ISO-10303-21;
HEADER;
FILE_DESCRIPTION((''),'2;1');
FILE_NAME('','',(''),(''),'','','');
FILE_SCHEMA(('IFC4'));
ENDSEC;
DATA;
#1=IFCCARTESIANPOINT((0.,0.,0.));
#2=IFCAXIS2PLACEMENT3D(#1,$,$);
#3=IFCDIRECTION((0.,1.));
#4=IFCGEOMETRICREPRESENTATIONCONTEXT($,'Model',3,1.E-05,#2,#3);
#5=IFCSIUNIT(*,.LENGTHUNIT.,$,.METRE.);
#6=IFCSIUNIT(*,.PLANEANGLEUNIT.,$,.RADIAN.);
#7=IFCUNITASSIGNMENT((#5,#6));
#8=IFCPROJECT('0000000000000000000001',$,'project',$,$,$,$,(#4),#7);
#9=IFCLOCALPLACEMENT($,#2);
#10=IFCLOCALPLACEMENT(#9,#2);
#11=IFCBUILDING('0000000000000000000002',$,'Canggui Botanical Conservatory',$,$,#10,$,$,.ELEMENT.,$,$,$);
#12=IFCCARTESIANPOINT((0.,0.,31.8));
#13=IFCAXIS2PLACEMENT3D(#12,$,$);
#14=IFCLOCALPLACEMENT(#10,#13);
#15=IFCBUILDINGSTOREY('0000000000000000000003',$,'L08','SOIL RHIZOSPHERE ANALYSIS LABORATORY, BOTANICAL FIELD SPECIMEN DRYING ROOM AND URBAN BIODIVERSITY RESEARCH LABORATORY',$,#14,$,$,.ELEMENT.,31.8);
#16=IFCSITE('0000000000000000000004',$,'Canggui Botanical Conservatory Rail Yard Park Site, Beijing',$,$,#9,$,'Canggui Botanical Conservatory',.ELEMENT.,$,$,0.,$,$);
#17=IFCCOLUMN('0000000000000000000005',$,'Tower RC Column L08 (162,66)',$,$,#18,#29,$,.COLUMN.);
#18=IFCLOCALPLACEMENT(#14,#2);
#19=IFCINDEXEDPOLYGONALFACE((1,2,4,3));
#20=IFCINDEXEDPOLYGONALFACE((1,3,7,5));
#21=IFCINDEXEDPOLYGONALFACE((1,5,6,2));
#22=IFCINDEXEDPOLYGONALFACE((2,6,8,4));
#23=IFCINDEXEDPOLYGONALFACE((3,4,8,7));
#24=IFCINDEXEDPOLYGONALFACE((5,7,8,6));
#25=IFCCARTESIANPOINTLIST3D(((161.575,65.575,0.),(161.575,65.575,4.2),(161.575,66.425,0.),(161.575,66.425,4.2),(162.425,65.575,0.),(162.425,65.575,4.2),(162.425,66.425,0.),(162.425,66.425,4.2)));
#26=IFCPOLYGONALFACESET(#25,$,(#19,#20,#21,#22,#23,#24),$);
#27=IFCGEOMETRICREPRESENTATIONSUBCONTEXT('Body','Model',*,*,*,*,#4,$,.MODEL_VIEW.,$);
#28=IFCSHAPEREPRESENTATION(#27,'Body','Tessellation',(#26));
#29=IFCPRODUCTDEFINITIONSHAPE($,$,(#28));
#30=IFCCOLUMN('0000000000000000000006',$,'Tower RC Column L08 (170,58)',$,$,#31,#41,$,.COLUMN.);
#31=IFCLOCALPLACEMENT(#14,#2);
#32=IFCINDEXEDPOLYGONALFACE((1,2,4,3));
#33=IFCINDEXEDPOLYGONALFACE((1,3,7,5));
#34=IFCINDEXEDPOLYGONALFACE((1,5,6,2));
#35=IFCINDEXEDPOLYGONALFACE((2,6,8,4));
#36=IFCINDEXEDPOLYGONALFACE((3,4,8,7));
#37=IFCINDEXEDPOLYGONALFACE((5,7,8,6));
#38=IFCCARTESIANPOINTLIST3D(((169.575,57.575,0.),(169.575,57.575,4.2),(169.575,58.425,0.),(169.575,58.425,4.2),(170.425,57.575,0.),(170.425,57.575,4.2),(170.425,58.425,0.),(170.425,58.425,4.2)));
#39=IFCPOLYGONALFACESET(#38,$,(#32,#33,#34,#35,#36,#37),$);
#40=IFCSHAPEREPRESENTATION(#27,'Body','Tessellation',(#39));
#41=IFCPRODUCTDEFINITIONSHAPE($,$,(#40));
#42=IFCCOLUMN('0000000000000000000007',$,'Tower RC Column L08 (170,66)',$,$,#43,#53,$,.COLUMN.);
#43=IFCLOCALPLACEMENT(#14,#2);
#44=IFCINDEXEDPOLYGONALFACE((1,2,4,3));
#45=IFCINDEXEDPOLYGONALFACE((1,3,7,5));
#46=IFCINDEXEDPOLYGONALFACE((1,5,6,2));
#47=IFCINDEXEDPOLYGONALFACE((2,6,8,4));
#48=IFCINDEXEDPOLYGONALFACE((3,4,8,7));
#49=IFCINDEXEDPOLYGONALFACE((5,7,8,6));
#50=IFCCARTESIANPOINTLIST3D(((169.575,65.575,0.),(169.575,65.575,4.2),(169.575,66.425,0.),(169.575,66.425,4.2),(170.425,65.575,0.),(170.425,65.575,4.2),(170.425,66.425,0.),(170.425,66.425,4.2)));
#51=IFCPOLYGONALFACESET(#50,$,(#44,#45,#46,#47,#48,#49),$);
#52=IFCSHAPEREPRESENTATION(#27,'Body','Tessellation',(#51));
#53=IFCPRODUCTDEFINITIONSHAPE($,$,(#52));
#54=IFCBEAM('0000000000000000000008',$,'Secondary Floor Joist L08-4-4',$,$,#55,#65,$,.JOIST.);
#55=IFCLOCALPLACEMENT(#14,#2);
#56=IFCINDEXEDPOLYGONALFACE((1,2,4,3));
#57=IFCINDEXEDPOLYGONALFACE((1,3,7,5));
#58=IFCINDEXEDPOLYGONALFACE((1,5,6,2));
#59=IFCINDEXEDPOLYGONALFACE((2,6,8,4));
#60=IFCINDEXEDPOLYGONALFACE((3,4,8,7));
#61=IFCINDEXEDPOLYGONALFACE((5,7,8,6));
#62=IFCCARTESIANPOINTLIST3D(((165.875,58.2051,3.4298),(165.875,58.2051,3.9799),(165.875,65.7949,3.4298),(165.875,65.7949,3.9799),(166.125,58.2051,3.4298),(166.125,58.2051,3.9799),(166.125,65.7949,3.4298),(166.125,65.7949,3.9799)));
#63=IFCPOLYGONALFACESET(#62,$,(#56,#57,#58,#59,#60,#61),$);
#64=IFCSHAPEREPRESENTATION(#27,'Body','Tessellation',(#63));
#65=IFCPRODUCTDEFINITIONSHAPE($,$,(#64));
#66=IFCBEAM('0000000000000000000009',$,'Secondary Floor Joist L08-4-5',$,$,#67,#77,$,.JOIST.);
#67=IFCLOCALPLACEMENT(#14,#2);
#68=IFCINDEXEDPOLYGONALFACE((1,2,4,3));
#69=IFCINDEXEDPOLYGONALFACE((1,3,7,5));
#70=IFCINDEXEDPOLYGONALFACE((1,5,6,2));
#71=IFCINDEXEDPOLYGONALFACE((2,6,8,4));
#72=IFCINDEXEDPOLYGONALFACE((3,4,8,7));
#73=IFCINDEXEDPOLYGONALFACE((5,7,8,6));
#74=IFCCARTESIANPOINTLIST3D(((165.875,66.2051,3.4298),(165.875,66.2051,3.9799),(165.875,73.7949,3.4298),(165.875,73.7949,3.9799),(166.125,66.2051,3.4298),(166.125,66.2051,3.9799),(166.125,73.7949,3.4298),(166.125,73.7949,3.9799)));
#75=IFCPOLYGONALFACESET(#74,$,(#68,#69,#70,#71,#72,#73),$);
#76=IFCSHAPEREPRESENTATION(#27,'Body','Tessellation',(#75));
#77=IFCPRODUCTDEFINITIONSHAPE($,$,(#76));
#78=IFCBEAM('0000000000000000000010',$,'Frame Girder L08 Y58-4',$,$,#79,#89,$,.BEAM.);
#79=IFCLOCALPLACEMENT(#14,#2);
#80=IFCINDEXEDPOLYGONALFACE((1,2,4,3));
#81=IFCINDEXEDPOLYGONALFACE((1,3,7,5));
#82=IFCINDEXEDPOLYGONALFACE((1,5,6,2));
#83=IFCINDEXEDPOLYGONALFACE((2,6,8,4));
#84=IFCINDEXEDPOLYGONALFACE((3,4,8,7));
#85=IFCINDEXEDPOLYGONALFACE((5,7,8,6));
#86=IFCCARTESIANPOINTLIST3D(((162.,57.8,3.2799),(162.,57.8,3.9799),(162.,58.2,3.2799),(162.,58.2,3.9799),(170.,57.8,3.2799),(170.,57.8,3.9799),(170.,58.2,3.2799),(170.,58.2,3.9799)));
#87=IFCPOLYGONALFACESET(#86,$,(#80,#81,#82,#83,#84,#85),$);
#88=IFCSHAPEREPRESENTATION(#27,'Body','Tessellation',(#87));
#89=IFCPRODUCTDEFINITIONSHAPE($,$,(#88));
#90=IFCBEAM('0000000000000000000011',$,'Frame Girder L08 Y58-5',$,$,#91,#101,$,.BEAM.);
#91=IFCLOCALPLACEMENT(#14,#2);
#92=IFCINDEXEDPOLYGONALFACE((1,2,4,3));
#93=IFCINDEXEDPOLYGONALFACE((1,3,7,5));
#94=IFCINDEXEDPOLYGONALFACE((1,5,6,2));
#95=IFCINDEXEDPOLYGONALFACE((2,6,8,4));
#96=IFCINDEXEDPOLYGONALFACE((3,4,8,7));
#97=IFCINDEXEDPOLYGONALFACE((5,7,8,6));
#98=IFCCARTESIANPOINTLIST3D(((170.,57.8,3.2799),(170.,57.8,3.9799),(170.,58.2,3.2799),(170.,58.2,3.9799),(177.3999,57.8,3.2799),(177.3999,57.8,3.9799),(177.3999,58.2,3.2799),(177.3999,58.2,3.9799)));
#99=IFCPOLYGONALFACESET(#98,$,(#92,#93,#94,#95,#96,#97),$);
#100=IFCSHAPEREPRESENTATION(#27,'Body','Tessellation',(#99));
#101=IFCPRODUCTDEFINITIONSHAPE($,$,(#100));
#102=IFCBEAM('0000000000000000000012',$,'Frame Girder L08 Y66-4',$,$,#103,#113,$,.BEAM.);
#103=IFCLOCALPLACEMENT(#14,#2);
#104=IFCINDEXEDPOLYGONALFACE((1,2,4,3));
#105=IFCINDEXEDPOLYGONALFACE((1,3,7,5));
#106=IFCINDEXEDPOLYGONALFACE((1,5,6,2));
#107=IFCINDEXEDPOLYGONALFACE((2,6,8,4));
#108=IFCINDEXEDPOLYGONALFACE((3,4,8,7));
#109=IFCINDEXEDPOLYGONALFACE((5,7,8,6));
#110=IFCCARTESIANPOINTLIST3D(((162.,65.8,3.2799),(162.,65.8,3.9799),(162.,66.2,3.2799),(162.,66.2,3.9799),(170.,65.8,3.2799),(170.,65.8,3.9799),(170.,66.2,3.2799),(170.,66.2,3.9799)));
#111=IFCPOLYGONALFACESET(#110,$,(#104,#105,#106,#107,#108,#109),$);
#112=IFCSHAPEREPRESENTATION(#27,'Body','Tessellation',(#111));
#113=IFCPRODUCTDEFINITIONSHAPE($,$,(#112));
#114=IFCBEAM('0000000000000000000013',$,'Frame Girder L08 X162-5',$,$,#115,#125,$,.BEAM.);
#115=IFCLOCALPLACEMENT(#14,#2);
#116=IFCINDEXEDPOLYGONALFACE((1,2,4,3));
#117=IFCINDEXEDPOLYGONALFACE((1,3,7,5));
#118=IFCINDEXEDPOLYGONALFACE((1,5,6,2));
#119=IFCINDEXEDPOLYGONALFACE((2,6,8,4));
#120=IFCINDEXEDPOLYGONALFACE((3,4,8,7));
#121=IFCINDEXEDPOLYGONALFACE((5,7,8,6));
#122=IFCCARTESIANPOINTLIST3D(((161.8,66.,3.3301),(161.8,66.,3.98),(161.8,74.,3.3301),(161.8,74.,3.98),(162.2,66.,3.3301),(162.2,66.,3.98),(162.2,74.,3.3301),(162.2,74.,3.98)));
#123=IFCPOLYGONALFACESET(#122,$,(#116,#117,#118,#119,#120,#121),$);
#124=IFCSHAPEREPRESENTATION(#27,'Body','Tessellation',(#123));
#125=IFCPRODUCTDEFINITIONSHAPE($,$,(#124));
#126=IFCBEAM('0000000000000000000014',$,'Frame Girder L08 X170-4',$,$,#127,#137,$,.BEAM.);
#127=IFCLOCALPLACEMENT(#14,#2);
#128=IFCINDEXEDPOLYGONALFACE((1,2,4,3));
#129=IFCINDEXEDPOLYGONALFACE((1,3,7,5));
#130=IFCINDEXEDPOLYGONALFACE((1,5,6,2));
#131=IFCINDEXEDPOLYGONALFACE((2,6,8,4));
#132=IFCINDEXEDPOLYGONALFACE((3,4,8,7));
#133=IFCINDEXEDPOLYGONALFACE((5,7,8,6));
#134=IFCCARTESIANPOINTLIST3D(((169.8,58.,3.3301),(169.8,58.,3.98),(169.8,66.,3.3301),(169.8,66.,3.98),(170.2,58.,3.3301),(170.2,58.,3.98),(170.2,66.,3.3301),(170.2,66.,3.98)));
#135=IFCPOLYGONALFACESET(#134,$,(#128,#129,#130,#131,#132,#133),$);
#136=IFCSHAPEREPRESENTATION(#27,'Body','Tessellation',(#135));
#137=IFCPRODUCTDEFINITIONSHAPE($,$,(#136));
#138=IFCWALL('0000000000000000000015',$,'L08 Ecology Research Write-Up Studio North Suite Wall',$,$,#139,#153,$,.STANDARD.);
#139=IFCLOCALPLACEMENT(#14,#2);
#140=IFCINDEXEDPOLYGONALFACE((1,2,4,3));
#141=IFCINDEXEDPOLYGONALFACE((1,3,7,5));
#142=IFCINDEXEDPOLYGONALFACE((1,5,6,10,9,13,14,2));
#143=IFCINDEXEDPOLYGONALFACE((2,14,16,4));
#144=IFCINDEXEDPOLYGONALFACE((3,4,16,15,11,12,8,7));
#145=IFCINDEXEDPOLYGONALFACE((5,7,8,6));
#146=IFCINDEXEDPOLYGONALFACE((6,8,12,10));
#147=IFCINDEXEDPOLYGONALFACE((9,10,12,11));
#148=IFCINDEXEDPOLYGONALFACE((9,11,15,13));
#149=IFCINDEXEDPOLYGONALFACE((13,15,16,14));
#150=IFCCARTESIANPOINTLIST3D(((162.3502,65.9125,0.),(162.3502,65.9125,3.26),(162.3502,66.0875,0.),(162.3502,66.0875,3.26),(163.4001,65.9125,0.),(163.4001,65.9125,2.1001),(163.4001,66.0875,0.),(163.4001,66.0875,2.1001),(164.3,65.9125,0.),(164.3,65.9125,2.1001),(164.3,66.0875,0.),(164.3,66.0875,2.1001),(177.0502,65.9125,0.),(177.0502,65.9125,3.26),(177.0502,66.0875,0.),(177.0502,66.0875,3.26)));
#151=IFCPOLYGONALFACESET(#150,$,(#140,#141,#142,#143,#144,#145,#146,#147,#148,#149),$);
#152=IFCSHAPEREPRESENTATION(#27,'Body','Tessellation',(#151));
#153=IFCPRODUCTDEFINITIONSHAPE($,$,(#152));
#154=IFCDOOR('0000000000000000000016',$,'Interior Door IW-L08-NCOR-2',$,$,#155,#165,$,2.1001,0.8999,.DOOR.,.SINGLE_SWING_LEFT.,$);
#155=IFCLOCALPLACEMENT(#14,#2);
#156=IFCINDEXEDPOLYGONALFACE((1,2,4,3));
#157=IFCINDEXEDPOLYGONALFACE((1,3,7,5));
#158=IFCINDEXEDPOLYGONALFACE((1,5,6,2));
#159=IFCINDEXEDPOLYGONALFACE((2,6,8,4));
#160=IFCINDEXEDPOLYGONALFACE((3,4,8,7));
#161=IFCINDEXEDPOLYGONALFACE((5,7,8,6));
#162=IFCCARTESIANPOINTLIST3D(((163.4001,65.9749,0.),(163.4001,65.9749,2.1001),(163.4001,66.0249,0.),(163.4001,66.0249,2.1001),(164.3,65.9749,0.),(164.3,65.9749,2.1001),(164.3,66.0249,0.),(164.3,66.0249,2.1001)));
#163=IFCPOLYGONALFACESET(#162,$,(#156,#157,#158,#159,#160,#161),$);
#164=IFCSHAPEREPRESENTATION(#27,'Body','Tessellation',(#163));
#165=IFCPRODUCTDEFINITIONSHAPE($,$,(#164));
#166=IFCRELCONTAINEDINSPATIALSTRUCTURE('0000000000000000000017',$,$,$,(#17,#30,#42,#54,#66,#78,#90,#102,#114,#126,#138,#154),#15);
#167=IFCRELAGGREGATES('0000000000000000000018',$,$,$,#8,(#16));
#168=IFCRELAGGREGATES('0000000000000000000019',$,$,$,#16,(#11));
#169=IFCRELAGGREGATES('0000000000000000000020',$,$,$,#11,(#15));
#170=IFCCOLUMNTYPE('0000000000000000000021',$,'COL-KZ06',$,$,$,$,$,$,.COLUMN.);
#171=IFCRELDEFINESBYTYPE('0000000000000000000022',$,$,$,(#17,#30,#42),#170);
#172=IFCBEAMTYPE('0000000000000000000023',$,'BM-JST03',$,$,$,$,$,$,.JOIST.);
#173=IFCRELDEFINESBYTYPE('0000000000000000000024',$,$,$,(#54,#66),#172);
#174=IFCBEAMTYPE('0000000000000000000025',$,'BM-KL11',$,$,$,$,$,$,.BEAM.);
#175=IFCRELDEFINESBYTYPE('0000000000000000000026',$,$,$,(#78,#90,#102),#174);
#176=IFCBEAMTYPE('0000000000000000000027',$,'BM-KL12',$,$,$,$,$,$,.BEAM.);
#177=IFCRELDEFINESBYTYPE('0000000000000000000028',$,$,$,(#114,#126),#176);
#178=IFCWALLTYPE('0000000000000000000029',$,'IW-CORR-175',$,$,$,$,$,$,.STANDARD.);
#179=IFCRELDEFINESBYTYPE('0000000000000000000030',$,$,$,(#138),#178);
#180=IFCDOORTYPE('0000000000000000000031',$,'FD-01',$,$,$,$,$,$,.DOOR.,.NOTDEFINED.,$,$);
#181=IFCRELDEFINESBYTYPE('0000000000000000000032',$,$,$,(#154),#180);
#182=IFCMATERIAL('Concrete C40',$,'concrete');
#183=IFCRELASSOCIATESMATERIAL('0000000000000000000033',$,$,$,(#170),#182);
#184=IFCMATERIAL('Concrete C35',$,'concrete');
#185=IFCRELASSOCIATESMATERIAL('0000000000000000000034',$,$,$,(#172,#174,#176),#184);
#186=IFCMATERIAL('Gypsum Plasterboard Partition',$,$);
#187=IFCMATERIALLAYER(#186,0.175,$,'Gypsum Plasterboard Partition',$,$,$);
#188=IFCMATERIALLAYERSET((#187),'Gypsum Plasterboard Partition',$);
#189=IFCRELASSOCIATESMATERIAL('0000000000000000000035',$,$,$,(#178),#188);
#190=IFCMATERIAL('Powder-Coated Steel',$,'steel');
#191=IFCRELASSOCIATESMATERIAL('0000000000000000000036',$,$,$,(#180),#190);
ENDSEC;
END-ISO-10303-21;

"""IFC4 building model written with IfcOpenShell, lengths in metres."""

from ifc_helpers import new_model, si_unit, direction, frame, frame_2d, origin, origin_2d, place, context, subcontext, project, spatial, rectangle, extrude, material, layer, layer_set, material_profile, profile_set, type_object, element, fill, save


model = new_model("IFC4")

# Units and contexts
model_context = context("Model", 3, precision=1e-05, world=origin(), true_north=direction((0.0, 1.0)))
body_context = subcontext(model_context, "Body", "Model", "MODEL_VIEW")
ifc_project = project(units=[si_unit("LENGTHUNIT", "METRE"), si_unit("PLANEANGLEUNIT", "RADIAN")], contexts=[model_context])

# Site, building, storey
site_placement = place(None, origin())
site = spatial("IfcSite", under=ifc_project, at=site_placement, Name="Canggui Botanical Conservatory Rail Yard Park Site, Beijing", LongName="Canggui Botanical Conservatory", CompositionType="ELEMENT", RefElevation=0.0)
building_placement = place(site_placement, origin())
building = spatial("IfcBuilding", under=site, at=building_placement, Name="Canggui Botanical Conservatory", CompositionType="ELEMENT")
storey_placement = place(building_placement, frame((0.0, 0.0, 31.8)))
storey = spatial("IfcBuildingStorey", under=building, at=storey_placement, Name="L08", Description="SOIL RHIZOSPHERE ANALYSIS LABORATORY, BOTANICAL FIELD SPECIMEN DRYING ROOM AND URBAN BIODIVERSITY RESEARCH LABORATORY", CompositionType="ELEMENT", Elevation=31.8)

# Columns
ifc_material_1 = material(Name="Concrete C40", Category="concrete")
ifc_material_profile_1 = material_profile(ifc_material_1, rectangle(XDim=0.8501, YDim=0.8501, at=origin_2d()), Name="RC 850x850")
ifc_profile_set_1 = profile_set([ifc_material_profile_1], Name="Concrete C40")
column_type = type_object("IfcColumnType", Name="COL-KZ06", PredefinedType="COLUMN", material=ifc_profile_set_1)
for number, where, z_axis, x_axis, name in (
    (1, (162.0, 66.0, 0.0), (0.0, 0.0, 1.0), (1.0, 0.0, 0.0), "Tower RC Column L08 (162,66)"),
    (2, (170.0, 58.0, 0.0), (0.0, 0.0, 1.0), (1.0, 0.0, 0.0), "Tower RC Column L08 (170,58)"),
    (3, (170.0, 66.0, 0.0), (0.0, 0.0, 1.0), (1.0, 0.0, 0.0), "Tower RC Column L08 (170,66)"),
):
    element("IfcColumn", number, at=place(storey_placement, frame(where, z_axis=z_axis, x_axis=x_axis)), inside=storey, type_object=column_type, Name=name, PredefinedType="COLUMN", context=body_context, shape_type="SweptSolid", body=[
        extrude(rectangle(XDim=0.8501, YDim=0.8501, at=origin_2d()), origin(), (0.0, 0.0, 1.0), 4.2),
    ])

# Beams
ifc_material_2 = material(Name="Concrete C35", Category="concrete")
ifc_material_profile_2 = material_profile(ifc_material_2, rectangle(XDim=0.25, YDim=0.55, at=origin_2d()), Name="RB 250x550")
ifc_profile_set_2 = profile_set([ifc_material_profile_2], Name="Concrete C35")
beam_type_1 = type_object("IfcBeamType", Name="BM-JST03", PredefinedType="JOIST", material=ifc_profile_set_2)
for number, where, z_axis, x_axis, name in (
    (4, (166.0, 58.2051, 3.7048), (0.0, 1.0, 0.0), (-1.0, 0.0, 0.0), "Secondary Floor Joist L08-4-4"),
    (5, (166.0, 66.2051, 3.7048), (0.0, 1.0, 0.0), (-1.0, 0.0, 0.0), "Secondary Floor Joist L08-4-5"),
):
    element("IfcBeam", number, at=place(storey_placement, frame(where, z_axis=z_axis, x_axis=x_axis)), inside=storey, type_object=beam_type_1, Name=name, PredefinedType="JOIST", context=body_context, shape_type="SweptSolid", body=[
        extrude(rectangle(XDim=0.25, YDim=0.55, at=origin_2d()), origin(), (0.0, 0.0, 1.0), 7.5898),
    ])
ifc_material_profile_3 = material_profile(ifc_material_2, rectangle(XDim=0.3999, YDim=0.7, at=origin_2d()), Name="RB 400x700")
ifc_profile_set_3 = profile_set([ifc_material_profile_3], Name="Concrete C35")
beam_type_2 = type_object("IfcBeamType", Name="BM-KL11", PredefinedType="BEAM", material=ifc_profile_set_3)
beam_1_placement = place(storey_placement, frame((162.0, 58.0, 3.6299), z_axis=(1.0, 0.0, 0.0), x_axis=(0.0, 1.0, 0.0)))
element("IfcBeam", 6, at=beam_1_placement, inside=storey, type_object=beam_type_2, Name="Frame Girder L08 Y58-4", PredefinedType="BEAM", context=body_context, shape_type="SweptSolid", body=[
    extrude(rectangle(XDim=0.3999, YDim=0.7, at=origin_2d()), origin(), (0.0, 0.0, 1.0), 8.0),
])
beam_2_placement = place(storey_placement, frame((170.0, 58.0, 3.6299), z_axis=(1.0, 0.0, 0.0), x_axis=(0.0, 1.0, 0.0)))
element("IfcBeam", 7, at=beam_2_placement, inside=storey, type_object=beam_type_2, Name="Frame Girder L08 Y58-5", PredefinedType="BEAM", context=body_context, shape_type="SweptSolid", body=[
    extrude(rectangle(XDim=0.3999, YDim=0.7, at=origin_2d()), origin(), (0.0, 0.0, 1.0), 7.3999),
])
beam_3_placement = place(storey_placement, frame((162.0, 66.0, 3.6299), z_axis=(1.0, 0.0, 0.0), x_axis=(0.0, 1.0, 0.0)))
element("IfcBeam", 8, at=beam_3_placement, inside=storey, type_object=beam_type_2, Name="Frame Girder L08 Y66-4", PredefinedType="BEAM", context=body_context, shape_type="SweptSolid", body=[
    extrude(rectangle(XDim=0.3999, YDim=0.7, at=origin_2d()), origin(), (0.0, 0.0, 1.0), 8.0),
])
ifc_material_profile_4 = material_profile(ifc_material_2, rectangle(XDim=0.3999, YDim=0.6499, at=origin_2d()), Name="RB 400x650")
ifc_profile_set_4 = profile_set([ifc_material_profile_4], Name="Concrete C35")
beam_type_3 = type_object("IfcBeamType", Name="BM-KL12", PredefinedType="BEAM", material=ifc_profile_set_4)
for number, where, z_axis, x_axis, name in (
    (9, (162.0, 66.0, 3.655), (0.0, 1.0, 0.0), (-1.0, 0.0, 0.0), "Frame Girder L08 X162-5"),
    (10, (170.0, 58.0, 3.655), (0.0, 1.0, 0.0), (-1.0, 0.0, 0.0), "Frame Girder L08 X170-4"),
):
    element("IfcBeam", number, at=place(storey_placement, frame(where, z_axis=z_axis, x_axis=x_axis)), inside=storey, type_object=beam_type_3, Name=name, PredefinedType="BEAM", context=body_context, shape_type="SweptSolid", body=[
        extrude(rectangle(XDim=0.3999, YDim=0.6499, at=origin_2d()), origin(), (0.0, 0.0, 1.0), 8.0),
    ])

# Wall, opening, door
ifc_material_3 = material(Name="Gypsum Plasterboard Partition")
ifc_layer_1 = layer(ifc_material_3, 0.175, Name="Gypsum Plasterboard Partition")
ifc_layer_set_1 = layer_set([ifc_layer_1], Name="Gypsum Plasterboard Partition")
wall_type_1 = type_object("IfcWallType", Name="IW-CORR-175", PredefinedType="STANDARD", material=ifc_layer_set_1)
wall_1_placement = place(storey_placement, frame((162.3501, 66.0, 0.0), z_axis=(0.0, 0.0, 1.0), x_axis=(1.0, 0.0, 0.0)))
wall_1 = element("IfcWall", 11, at=wall_1_placement, inside=storey, type_object=wall_type_1, Name="L08 Ecology Research Write-Up Studio North Suite Wall", PredefinedType="STANDARD", context=body_context, shape_type="SweptSolid", body=[
    extrude(rectangle(XDim=14.7, YDim=0.175, at=frame_2d((7.3501, 0.0))), origin(), (0.0, 0.0, 1.0), 3.26),
])
opening_1_placement = place(wall_1_placement, frame((1.05, 0.0, 0.0)))
opening_1 = element("IfcOpeningElement", 12, at=opening_1_placement, cuts=wall_1, PredefinedType="OPENING", context=body_context, shape_type="SweptSolid", body=[
    extrude(rectangle(XDim=0.8999, YDim=2.1001, at=frame_2d((0.45, 1.05))), frame((0.0, 0.0977, 0.0), z_axis=(0.0, -1.0, 0.0), x_axis=(1.0, 0.0, 0.0)), (0.0, 0.0, 1.0), 0.1951),
])
ifc_material_4 = material(Name="Powder-Coated Steel", Category="steel")
door_type_1 = type_object("IfcDoorType", Name="FD-01", OperationType="NOTDEFINED", PredefinedType="DOOR", material=ifc_material_4)
door_1_placement = place(opening_1_placement, origin())
door_1 = element("IfcDoor", 13, at=door_1_placement, inside=storey, type_object=door_type_1, Name="Interior Door IW-L08-NCOR-2", OperationType="SINGLE_SWING_LEFT", OverallHeight=2.1001, OverallWidth=0.8999, PredefinedType="DOOR", context=body_context, shape_type="SweptSolid", body=[
    extrude(rectangle(XDim=0.8999, YDim=2.1001, at=frame_2d((0.45, 1.05))), frame((0.0, 0.0249, 0.0), z_axis=(0.0, -1.0, 0.0), x_axis=(1.0, 0.0, 0.0)), (0.0, 0.0, 1.0), 0.05),
])
fill(opening_1, door_1)

save(model, "model.ifc")
